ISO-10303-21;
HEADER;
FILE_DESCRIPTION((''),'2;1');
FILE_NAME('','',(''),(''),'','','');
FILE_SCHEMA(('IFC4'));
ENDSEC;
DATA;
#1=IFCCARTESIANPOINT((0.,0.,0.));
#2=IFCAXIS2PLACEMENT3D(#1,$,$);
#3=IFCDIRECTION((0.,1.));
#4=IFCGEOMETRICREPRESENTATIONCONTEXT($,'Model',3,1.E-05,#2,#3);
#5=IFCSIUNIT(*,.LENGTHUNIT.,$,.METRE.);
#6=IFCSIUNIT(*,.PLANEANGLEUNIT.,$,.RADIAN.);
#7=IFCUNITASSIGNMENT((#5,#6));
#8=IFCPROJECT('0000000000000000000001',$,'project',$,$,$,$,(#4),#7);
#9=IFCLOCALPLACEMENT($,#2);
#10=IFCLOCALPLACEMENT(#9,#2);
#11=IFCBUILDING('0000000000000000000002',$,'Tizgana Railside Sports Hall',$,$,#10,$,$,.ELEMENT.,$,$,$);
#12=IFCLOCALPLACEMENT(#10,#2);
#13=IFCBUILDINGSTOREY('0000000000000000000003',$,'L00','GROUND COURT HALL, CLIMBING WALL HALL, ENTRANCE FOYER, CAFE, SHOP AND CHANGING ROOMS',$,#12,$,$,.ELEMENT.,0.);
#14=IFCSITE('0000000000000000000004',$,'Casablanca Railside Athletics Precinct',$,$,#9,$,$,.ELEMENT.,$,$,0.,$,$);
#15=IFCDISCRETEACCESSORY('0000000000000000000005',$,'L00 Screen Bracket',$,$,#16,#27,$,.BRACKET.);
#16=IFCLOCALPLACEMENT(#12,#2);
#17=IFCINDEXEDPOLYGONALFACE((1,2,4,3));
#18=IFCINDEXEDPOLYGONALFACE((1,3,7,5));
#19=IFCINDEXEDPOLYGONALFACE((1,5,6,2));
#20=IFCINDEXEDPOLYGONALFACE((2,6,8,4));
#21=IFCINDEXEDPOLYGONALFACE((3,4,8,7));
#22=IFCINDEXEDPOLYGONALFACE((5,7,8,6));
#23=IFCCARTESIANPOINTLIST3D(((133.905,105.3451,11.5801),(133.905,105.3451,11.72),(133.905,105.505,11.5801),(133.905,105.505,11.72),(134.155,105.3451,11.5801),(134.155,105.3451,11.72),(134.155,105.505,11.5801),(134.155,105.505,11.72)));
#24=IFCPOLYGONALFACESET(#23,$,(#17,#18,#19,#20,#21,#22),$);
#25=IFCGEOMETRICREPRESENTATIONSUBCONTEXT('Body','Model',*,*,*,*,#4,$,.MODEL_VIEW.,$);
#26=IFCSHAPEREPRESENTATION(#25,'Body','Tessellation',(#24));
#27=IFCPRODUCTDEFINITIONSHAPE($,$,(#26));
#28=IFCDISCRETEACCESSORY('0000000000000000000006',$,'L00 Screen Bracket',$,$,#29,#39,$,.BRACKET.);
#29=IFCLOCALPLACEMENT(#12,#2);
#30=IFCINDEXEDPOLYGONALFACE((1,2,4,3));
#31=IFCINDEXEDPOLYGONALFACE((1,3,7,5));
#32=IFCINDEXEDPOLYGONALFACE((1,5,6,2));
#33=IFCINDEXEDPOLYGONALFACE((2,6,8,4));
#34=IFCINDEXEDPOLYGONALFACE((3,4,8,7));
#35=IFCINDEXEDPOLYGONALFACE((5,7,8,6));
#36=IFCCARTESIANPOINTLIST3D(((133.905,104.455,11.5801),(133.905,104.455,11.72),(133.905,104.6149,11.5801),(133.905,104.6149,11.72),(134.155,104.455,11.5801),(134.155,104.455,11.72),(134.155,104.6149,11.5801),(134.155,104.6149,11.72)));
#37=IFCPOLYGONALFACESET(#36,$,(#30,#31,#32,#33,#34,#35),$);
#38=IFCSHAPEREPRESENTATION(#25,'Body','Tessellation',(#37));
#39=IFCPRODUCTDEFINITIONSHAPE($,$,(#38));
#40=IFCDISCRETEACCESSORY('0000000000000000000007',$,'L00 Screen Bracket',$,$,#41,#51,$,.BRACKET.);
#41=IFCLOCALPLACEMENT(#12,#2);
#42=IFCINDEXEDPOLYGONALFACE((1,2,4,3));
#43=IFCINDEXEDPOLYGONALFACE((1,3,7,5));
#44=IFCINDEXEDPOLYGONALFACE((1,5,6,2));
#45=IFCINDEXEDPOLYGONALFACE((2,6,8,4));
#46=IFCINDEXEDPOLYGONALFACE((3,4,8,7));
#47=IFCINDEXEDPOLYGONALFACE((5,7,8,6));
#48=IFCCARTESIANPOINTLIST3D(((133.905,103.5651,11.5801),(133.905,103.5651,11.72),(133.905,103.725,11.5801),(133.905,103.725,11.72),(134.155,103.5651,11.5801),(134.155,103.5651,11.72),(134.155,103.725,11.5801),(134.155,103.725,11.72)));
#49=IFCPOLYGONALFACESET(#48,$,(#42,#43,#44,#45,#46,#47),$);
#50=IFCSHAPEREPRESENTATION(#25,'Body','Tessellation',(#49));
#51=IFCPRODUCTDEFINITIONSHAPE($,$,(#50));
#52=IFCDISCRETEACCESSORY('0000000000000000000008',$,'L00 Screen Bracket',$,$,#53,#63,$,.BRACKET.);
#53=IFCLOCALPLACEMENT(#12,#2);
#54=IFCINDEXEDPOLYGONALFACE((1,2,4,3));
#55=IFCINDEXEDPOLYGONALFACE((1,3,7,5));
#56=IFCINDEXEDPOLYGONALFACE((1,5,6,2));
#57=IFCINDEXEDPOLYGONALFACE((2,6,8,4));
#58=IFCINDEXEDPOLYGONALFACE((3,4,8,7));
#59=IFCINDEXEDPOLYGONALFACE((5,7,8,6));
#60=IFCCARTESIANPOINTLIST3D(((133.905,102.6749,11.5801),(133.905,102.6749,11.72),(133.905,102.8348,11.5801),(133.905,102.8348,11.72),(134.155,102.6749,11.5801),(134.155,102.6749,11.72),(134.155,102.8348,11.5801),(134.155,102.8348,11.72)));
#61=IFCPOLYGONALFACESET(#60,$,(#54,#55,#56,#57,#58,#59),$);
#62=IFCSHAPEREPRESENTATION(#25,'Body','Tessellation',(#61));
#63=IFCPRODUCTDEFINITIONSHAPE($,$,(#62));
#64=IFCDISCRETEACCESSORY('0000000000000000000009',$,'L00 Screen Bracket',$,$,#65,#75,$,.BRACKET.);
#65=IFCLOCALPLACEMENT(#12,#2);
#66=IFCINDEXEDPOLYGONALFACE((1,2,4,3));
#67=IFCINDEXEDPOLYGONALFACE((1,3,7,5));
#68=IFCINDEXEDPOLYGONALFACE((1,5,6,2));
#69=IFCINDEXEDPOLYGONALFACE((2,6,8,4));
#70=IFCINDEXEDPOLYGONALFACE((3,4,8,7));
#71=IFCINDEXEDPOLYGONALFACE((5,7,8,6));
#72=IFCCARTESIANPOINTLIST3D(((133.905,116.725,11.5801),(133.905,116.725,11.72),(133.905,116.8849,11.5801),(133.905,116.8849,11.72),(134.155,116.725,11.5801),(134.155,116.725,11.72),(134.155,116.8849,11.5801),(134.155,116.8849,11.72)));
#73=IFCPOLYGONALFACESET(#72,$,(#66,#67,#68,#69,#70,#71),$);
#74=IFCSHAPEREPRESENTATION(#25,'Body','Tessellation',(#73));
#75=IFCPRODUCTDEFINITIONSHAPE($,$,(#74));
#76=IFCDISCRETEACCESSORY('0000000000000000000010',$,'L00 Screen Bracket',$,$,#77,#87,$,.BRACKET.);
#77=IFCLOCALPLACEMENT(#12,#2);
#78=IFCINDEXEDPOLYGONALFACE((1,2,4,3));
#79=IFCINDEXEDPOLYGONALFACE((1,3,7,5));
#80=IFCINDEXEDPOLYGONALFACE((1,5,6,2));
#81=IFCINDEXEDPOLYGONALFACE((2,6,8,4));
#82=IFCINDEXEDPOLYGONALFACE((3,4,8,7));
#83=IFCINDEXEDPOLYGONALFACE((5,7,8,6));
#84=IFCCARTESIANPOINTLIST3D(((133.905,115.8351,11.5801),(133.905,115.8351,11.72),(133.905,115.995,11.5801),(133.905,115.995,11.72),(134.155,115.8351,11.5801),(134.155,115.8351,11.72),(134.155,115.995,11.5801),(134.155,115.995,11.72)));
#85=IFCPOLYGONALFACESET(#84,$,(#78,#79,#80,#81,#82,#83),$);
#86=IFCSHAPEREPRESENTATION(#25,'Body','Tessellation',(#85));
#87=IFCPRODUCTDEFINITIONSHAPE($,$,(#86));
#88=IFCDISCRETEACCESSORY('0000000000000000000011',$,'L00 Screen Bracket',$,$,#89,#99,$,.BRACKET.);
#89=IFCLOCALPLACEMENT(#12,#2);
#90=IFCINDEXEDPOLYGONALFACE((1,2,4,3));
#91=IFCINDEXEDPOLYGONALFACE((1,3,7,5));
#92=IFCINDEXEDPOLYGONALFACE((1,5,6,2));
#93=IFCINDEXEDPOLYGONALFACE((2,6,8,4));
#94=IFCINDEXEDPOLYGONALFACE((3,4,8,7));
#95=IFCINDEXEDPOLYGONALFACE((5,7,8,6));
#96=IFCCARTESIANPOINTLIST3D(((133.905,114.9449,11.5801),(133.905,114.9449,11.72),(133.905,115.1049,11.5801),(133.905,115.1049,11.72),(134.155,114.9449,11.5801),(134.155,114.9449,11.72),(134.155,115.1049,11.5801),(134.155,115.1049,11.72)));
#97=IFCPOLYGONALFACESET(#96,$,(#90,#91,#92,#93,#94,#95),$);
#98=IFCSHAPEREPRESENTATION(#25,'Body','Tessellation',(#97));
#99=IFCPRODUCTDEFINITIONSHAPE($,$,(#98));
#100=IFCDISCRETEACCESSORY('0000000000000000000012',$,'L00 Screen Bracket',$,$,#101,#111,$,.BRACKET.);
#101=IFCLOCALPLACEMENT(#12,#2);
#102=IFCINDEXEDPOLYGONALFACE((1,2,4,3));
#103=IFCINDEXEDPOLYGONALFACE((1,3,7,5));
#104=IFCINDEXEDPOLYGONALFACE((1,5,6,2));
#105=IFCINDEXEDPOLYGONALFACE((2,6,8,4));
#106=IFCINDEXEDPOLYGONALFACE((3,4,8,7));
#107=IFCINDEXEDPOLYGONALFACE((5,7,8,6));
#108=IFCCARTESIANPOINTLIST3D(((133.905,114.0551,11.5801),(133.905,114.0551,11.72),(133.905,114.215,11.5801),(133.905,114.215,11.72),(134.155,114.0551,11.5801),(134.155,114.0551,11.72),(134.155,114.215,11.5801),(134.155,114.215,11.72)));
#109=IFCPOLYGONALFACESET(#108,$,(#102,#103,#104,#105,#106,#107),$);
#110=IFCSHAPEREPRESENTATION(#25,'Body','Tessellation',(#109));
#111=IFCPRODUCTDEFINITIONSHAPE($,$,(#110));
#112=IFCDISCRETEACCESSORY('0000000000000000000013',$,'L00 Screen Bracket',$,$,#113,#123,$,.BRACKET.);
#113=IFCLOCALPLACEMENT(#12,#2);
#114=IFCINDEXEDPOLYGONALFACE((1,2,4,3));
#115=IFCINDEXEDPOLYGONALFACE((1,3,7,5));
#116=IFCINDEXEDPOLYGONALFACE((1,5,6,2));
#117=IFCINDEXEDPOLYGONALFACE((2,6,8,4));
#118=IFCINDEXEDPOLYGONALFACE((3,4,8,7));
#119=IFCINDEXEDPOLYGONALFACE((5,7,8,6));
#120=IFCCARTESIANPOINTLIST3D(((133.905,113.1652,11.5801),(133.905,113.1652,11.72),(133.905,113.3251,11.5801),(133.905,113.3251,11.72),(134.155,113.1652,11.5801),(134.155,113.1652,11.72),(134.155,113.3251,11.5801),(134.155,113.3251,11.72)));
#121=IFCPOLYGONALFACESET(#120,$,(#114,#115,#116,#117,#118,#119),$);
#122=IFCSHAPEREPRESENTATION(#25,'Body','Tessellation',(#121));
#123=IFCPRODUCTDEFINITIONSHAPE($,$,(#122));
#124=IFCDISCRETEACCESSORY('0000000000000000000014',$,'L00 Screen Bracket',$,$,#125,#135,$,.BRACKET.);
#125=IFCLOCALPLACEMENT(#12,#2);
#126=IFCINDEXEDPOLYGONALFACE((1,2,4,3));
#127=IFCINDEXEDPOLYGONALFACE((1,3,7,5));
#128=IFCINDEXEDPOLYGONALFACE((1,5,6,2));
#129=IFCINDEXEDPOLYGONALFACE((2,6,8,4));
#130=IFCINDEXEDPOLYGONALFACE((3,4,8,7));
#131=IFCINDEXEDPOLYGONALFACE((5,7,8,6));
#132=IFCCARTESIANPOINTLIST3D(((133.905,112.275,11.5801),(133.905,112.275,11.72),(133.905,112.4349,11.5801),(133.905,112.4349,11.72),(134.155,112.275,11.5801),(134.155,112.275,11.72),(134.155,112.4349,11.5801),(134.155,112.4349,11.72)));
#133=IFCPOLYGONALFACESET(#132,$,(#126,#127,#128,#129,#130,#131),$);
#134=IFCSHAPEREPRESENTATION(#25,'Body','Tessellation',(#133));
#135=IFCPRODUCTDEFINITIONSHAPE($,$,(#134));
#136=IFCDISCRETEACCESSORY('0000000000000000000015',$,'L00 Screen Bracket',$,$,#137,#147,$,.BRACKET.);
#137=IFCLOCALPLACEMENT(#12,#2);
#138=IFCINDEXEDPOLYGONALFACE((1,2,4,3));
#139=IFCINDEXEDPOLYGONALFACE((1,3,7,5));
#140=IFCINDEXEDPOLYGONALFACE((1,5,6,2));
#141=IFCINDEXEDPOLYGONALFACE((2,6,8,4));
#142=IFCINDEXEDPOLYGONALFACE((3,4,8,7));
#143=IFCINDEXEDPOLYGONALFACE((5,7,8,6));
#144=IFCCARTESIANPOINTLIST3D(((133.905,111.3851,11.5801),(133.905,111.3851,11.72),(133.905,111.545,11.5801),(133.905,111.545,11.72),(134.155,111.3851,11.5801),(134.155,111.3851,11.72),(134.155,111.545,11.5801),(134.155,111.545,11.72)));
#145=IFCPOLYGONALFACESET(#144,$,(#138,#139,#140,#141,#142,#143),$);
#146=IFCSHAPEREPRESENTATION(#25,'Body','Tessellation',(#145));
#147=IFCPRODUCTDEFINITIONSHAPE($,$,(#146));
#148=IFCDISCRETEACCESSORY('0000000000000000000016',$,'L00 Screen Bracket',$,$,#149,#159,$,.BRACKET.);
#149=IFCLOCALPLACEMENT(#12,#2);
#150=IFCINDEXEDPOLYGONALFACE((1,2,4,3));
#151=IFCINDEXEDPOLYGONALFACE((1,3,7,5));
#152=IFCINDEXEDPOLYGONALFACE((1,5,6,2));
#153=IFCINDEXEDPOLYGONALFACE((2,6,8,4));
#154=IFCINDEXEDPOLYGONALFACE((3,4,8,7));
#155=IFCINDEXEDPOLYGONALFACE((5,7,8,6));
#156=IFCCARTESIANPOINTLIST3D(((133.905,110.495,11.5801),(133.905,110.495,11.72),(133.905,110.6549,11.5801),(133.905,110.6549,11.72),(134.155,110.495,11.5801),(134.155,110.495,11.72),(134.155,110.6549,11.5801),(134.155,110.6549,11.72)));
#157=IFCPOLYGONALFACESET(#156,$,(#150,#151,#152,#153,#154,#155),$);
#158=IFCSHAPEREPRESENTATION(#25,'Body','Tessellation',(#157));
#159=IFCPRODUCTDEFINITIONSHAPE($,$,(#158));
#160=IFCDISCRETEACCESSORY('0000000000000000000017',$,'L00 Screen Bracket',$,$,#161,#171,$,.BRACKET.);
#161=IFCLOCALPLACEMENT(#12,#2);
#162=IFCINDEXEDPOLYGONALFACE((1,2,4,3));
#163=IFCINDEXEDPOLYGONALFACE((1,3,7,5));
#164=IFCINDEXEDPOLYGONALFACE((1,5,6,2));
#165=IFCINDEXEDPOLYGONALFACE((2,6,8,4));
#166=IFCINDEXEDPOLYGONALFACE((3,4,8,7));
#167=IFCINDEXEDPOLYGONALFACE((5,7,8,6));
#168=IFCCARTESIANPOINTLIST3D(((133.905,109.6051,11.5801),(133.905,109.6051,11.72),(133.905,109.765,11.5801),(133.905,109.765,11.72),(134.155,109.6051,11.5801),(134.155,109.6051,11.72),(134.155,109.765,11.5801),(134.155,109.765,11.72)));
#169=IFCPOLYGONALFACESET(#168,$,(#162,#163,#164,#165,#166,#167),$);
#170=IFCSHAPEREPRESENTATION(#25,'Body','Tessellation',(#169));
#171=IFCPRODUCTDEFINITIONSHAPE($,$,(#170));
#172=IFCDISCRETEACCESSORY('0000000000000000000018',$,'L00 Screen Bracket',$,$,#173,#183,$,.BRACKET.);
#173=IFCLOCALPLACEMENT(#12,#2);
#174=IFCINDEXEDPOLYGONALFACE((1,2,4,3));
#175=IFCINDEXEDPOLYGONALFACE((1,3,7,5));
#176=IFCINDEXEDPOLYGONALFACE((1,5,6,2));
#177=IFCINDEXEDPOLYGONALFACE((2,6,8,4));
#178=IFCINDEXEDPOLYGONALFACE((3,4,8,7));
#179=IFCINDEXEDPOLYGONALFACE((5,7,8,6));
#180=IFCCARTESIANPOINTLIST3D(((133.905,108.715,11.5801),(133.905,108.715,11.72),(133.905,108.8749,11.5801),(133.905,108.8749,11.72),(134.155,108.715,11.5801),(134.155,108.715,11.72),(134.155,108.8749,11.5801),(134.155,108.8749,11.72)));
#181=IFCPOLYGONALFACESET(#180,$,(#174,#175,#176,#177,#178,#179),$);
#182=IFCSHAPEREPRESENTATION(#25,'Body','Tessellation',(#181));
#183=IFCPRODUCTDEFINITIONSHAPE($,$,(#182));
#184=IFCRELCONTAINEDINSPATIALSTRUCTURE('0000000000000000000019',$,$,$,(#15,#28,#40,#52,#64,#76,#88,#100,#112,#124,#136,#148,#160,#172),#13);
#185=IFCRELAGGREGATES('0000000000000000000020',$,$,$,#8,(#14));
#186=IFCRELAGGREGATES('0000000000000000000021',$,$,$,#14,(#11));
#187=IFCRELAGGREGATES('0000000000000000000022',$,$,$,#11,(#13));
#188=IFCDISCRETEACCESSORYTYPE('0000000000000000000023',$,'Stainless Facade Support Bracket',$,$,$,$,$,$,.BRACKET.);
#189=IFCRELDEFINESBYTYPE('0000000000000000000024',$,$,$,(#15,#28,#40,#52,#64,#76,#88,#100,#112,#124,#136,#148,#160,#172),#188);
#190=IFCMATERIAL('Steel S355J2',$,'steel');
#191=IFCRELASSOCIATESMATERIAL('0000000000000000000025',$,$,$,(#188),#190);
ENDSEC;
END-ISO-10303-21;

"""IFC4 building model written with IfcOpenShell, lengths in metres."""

from ifc_helpers import new_model, si_unit, direction, frame, origin, origin_2d, place, context, subcontext, project, spatial, rectangle, extrude, material, type_object, element, save


model = new_model("IFC4")

# Units and contexts
model_context = context("Model", 3, precision=1e-05, world=origin(), true_north=direction((0.0, 1.0)))
body_context = subcontext(model_context, "Body", "Model", "MODEL_VIEW")
ifc_project = project(units=[si_unit("LENGTHUNIT", "METRE"), si_unit("PLANEANGLEUNIT", "RADIAN")], contexts=[model_context])

# Site, building, storey
site_placement = place(None, origin())
site = spatial("IfcSite", under=ifc_project, at=site_placement, Name="Casablanca Railside Athletics Precinct", CompositionType="ELEMENT", RefElevation=0.0)
building_placement = place(site_placement, origin())
building = spatial("IfcBuilding", under=site, at=building_placement, Name="Tizgana Railside Sports Hall", CompositionType="ELEMENT")
storey_placement = place(building_placement, origin())
storey = spatial("IfcBuildingStorey", under=building, at=storey_placement, Name="L00", Description="GROUND COURT HALL, CLIMBING WALL HALL, ENTRANCE FOYER, CAFE, SHOP AND CHANGING ROOMS", CompositionType="ELEMENT", Elevation=0.0)

# Discrete accessories
ifc_material_1 = material(Name="Steel S355J2", Category="steel")
discrete_accessory_type = type_object("IfcDiscreteAccessoryType", Name="Stainless Facade Support Bracket", PredefinedType="BRACKET", material=ifc_material_1)
for number, where, z_axis, x_axis, name in (
    (1, (134.03, 105.425, 11.5801), (0.0, 0.0, 1.0), (0.0, -1.0, 0.0), "L00 Screen Bracket"),
    (2, (134.03, 104.5349, 11.5801), (0.0, 0.0, 1.0), (0.0, -1.0, 0.0), "L00 Screen Bracket"),
    (3, (134.03, 103.645, 11.5801), (0.0, 0.0, 1.0), (0.0, -1.0, 0.0), "L00 Screen Bracket"),
    (4, (134.03, 102.7549, 11.5801), (0.0, 0.0, 1.0), (0.0, -1.0, 0.0), "L00 Screen Bracket"),
    (5, (134.03, 116.8049, 11.5801), (0.0, 0.0, 1.0), (0.0, -1.0, 0.0), "L00 Screen Bracket"),
    (6, (134.03, 115.915, 11.5801), (0.0, 0.0, 1.0), (0.0, -1.0, 0.0), "L00 Screen Bracket"),
    (7, (134.03, 115.0249, 11.5801), (0.0, 0.0, 1.0), (0.0, -1.0, 0.0), "L00 Screen Bracket"),
    (8, (134.03, 114.135, 11.5801), (0.0, 0.0, 1.0), (0.0, -1.0, 0.0), "L00 Screen Bracket"),
    (9, (134.03, 113.2451, 11.5801), (0.0, 0.0, 1.0), (0.0, -1.0, 0.0), "L00 Screen Bracket"),
    (10, (134.03, 112.355, 11.5801), (0.0, 0.0, 1.0), (0.0, -1.0, 0.0), "L00 Screen Bracket"),
    (11, (134.03, 111.4651, 11.5801), (0.0, 0.0, 1.0), (0.0, -1.0, 0.0), "L00 Screen Bracket"),
    (12, (134.03, 110.575, 11.5801), (0.0, 0.0, 1.0), (0.0, -1.0, 0.0), "L00 Screen Bracket"),
    (13, (134.03, 109.6851, 11.5801), (0.0, 0.0, 1.0), (0.0, -1.0, 0.0), "L00 Screen Bracket"),
    (14, (134.03, 108.7949, 11.5801), (0.0, 0.0, 1.0), (0.0, -1.0, 0.0), "L00 Screen Bracket"),
):
    element("IfcDiscreteAccessory", number, at=place(storey_placement, frame(where, z_axis=z_axis, x_axis=x_axis)), inside=storey, type_object=discrete_accessory_type, Name=name, PredefinedType="BRACKET", context=body_context, shape_type="SweptSolid", body=[
        extrude(rectangle(XDim=0.1599, YDim=0.25, at=origin_2d()), origin(), (0.0, 0.0, 1.0), 0.1399),
    ])

save(model, "model.ifc")
